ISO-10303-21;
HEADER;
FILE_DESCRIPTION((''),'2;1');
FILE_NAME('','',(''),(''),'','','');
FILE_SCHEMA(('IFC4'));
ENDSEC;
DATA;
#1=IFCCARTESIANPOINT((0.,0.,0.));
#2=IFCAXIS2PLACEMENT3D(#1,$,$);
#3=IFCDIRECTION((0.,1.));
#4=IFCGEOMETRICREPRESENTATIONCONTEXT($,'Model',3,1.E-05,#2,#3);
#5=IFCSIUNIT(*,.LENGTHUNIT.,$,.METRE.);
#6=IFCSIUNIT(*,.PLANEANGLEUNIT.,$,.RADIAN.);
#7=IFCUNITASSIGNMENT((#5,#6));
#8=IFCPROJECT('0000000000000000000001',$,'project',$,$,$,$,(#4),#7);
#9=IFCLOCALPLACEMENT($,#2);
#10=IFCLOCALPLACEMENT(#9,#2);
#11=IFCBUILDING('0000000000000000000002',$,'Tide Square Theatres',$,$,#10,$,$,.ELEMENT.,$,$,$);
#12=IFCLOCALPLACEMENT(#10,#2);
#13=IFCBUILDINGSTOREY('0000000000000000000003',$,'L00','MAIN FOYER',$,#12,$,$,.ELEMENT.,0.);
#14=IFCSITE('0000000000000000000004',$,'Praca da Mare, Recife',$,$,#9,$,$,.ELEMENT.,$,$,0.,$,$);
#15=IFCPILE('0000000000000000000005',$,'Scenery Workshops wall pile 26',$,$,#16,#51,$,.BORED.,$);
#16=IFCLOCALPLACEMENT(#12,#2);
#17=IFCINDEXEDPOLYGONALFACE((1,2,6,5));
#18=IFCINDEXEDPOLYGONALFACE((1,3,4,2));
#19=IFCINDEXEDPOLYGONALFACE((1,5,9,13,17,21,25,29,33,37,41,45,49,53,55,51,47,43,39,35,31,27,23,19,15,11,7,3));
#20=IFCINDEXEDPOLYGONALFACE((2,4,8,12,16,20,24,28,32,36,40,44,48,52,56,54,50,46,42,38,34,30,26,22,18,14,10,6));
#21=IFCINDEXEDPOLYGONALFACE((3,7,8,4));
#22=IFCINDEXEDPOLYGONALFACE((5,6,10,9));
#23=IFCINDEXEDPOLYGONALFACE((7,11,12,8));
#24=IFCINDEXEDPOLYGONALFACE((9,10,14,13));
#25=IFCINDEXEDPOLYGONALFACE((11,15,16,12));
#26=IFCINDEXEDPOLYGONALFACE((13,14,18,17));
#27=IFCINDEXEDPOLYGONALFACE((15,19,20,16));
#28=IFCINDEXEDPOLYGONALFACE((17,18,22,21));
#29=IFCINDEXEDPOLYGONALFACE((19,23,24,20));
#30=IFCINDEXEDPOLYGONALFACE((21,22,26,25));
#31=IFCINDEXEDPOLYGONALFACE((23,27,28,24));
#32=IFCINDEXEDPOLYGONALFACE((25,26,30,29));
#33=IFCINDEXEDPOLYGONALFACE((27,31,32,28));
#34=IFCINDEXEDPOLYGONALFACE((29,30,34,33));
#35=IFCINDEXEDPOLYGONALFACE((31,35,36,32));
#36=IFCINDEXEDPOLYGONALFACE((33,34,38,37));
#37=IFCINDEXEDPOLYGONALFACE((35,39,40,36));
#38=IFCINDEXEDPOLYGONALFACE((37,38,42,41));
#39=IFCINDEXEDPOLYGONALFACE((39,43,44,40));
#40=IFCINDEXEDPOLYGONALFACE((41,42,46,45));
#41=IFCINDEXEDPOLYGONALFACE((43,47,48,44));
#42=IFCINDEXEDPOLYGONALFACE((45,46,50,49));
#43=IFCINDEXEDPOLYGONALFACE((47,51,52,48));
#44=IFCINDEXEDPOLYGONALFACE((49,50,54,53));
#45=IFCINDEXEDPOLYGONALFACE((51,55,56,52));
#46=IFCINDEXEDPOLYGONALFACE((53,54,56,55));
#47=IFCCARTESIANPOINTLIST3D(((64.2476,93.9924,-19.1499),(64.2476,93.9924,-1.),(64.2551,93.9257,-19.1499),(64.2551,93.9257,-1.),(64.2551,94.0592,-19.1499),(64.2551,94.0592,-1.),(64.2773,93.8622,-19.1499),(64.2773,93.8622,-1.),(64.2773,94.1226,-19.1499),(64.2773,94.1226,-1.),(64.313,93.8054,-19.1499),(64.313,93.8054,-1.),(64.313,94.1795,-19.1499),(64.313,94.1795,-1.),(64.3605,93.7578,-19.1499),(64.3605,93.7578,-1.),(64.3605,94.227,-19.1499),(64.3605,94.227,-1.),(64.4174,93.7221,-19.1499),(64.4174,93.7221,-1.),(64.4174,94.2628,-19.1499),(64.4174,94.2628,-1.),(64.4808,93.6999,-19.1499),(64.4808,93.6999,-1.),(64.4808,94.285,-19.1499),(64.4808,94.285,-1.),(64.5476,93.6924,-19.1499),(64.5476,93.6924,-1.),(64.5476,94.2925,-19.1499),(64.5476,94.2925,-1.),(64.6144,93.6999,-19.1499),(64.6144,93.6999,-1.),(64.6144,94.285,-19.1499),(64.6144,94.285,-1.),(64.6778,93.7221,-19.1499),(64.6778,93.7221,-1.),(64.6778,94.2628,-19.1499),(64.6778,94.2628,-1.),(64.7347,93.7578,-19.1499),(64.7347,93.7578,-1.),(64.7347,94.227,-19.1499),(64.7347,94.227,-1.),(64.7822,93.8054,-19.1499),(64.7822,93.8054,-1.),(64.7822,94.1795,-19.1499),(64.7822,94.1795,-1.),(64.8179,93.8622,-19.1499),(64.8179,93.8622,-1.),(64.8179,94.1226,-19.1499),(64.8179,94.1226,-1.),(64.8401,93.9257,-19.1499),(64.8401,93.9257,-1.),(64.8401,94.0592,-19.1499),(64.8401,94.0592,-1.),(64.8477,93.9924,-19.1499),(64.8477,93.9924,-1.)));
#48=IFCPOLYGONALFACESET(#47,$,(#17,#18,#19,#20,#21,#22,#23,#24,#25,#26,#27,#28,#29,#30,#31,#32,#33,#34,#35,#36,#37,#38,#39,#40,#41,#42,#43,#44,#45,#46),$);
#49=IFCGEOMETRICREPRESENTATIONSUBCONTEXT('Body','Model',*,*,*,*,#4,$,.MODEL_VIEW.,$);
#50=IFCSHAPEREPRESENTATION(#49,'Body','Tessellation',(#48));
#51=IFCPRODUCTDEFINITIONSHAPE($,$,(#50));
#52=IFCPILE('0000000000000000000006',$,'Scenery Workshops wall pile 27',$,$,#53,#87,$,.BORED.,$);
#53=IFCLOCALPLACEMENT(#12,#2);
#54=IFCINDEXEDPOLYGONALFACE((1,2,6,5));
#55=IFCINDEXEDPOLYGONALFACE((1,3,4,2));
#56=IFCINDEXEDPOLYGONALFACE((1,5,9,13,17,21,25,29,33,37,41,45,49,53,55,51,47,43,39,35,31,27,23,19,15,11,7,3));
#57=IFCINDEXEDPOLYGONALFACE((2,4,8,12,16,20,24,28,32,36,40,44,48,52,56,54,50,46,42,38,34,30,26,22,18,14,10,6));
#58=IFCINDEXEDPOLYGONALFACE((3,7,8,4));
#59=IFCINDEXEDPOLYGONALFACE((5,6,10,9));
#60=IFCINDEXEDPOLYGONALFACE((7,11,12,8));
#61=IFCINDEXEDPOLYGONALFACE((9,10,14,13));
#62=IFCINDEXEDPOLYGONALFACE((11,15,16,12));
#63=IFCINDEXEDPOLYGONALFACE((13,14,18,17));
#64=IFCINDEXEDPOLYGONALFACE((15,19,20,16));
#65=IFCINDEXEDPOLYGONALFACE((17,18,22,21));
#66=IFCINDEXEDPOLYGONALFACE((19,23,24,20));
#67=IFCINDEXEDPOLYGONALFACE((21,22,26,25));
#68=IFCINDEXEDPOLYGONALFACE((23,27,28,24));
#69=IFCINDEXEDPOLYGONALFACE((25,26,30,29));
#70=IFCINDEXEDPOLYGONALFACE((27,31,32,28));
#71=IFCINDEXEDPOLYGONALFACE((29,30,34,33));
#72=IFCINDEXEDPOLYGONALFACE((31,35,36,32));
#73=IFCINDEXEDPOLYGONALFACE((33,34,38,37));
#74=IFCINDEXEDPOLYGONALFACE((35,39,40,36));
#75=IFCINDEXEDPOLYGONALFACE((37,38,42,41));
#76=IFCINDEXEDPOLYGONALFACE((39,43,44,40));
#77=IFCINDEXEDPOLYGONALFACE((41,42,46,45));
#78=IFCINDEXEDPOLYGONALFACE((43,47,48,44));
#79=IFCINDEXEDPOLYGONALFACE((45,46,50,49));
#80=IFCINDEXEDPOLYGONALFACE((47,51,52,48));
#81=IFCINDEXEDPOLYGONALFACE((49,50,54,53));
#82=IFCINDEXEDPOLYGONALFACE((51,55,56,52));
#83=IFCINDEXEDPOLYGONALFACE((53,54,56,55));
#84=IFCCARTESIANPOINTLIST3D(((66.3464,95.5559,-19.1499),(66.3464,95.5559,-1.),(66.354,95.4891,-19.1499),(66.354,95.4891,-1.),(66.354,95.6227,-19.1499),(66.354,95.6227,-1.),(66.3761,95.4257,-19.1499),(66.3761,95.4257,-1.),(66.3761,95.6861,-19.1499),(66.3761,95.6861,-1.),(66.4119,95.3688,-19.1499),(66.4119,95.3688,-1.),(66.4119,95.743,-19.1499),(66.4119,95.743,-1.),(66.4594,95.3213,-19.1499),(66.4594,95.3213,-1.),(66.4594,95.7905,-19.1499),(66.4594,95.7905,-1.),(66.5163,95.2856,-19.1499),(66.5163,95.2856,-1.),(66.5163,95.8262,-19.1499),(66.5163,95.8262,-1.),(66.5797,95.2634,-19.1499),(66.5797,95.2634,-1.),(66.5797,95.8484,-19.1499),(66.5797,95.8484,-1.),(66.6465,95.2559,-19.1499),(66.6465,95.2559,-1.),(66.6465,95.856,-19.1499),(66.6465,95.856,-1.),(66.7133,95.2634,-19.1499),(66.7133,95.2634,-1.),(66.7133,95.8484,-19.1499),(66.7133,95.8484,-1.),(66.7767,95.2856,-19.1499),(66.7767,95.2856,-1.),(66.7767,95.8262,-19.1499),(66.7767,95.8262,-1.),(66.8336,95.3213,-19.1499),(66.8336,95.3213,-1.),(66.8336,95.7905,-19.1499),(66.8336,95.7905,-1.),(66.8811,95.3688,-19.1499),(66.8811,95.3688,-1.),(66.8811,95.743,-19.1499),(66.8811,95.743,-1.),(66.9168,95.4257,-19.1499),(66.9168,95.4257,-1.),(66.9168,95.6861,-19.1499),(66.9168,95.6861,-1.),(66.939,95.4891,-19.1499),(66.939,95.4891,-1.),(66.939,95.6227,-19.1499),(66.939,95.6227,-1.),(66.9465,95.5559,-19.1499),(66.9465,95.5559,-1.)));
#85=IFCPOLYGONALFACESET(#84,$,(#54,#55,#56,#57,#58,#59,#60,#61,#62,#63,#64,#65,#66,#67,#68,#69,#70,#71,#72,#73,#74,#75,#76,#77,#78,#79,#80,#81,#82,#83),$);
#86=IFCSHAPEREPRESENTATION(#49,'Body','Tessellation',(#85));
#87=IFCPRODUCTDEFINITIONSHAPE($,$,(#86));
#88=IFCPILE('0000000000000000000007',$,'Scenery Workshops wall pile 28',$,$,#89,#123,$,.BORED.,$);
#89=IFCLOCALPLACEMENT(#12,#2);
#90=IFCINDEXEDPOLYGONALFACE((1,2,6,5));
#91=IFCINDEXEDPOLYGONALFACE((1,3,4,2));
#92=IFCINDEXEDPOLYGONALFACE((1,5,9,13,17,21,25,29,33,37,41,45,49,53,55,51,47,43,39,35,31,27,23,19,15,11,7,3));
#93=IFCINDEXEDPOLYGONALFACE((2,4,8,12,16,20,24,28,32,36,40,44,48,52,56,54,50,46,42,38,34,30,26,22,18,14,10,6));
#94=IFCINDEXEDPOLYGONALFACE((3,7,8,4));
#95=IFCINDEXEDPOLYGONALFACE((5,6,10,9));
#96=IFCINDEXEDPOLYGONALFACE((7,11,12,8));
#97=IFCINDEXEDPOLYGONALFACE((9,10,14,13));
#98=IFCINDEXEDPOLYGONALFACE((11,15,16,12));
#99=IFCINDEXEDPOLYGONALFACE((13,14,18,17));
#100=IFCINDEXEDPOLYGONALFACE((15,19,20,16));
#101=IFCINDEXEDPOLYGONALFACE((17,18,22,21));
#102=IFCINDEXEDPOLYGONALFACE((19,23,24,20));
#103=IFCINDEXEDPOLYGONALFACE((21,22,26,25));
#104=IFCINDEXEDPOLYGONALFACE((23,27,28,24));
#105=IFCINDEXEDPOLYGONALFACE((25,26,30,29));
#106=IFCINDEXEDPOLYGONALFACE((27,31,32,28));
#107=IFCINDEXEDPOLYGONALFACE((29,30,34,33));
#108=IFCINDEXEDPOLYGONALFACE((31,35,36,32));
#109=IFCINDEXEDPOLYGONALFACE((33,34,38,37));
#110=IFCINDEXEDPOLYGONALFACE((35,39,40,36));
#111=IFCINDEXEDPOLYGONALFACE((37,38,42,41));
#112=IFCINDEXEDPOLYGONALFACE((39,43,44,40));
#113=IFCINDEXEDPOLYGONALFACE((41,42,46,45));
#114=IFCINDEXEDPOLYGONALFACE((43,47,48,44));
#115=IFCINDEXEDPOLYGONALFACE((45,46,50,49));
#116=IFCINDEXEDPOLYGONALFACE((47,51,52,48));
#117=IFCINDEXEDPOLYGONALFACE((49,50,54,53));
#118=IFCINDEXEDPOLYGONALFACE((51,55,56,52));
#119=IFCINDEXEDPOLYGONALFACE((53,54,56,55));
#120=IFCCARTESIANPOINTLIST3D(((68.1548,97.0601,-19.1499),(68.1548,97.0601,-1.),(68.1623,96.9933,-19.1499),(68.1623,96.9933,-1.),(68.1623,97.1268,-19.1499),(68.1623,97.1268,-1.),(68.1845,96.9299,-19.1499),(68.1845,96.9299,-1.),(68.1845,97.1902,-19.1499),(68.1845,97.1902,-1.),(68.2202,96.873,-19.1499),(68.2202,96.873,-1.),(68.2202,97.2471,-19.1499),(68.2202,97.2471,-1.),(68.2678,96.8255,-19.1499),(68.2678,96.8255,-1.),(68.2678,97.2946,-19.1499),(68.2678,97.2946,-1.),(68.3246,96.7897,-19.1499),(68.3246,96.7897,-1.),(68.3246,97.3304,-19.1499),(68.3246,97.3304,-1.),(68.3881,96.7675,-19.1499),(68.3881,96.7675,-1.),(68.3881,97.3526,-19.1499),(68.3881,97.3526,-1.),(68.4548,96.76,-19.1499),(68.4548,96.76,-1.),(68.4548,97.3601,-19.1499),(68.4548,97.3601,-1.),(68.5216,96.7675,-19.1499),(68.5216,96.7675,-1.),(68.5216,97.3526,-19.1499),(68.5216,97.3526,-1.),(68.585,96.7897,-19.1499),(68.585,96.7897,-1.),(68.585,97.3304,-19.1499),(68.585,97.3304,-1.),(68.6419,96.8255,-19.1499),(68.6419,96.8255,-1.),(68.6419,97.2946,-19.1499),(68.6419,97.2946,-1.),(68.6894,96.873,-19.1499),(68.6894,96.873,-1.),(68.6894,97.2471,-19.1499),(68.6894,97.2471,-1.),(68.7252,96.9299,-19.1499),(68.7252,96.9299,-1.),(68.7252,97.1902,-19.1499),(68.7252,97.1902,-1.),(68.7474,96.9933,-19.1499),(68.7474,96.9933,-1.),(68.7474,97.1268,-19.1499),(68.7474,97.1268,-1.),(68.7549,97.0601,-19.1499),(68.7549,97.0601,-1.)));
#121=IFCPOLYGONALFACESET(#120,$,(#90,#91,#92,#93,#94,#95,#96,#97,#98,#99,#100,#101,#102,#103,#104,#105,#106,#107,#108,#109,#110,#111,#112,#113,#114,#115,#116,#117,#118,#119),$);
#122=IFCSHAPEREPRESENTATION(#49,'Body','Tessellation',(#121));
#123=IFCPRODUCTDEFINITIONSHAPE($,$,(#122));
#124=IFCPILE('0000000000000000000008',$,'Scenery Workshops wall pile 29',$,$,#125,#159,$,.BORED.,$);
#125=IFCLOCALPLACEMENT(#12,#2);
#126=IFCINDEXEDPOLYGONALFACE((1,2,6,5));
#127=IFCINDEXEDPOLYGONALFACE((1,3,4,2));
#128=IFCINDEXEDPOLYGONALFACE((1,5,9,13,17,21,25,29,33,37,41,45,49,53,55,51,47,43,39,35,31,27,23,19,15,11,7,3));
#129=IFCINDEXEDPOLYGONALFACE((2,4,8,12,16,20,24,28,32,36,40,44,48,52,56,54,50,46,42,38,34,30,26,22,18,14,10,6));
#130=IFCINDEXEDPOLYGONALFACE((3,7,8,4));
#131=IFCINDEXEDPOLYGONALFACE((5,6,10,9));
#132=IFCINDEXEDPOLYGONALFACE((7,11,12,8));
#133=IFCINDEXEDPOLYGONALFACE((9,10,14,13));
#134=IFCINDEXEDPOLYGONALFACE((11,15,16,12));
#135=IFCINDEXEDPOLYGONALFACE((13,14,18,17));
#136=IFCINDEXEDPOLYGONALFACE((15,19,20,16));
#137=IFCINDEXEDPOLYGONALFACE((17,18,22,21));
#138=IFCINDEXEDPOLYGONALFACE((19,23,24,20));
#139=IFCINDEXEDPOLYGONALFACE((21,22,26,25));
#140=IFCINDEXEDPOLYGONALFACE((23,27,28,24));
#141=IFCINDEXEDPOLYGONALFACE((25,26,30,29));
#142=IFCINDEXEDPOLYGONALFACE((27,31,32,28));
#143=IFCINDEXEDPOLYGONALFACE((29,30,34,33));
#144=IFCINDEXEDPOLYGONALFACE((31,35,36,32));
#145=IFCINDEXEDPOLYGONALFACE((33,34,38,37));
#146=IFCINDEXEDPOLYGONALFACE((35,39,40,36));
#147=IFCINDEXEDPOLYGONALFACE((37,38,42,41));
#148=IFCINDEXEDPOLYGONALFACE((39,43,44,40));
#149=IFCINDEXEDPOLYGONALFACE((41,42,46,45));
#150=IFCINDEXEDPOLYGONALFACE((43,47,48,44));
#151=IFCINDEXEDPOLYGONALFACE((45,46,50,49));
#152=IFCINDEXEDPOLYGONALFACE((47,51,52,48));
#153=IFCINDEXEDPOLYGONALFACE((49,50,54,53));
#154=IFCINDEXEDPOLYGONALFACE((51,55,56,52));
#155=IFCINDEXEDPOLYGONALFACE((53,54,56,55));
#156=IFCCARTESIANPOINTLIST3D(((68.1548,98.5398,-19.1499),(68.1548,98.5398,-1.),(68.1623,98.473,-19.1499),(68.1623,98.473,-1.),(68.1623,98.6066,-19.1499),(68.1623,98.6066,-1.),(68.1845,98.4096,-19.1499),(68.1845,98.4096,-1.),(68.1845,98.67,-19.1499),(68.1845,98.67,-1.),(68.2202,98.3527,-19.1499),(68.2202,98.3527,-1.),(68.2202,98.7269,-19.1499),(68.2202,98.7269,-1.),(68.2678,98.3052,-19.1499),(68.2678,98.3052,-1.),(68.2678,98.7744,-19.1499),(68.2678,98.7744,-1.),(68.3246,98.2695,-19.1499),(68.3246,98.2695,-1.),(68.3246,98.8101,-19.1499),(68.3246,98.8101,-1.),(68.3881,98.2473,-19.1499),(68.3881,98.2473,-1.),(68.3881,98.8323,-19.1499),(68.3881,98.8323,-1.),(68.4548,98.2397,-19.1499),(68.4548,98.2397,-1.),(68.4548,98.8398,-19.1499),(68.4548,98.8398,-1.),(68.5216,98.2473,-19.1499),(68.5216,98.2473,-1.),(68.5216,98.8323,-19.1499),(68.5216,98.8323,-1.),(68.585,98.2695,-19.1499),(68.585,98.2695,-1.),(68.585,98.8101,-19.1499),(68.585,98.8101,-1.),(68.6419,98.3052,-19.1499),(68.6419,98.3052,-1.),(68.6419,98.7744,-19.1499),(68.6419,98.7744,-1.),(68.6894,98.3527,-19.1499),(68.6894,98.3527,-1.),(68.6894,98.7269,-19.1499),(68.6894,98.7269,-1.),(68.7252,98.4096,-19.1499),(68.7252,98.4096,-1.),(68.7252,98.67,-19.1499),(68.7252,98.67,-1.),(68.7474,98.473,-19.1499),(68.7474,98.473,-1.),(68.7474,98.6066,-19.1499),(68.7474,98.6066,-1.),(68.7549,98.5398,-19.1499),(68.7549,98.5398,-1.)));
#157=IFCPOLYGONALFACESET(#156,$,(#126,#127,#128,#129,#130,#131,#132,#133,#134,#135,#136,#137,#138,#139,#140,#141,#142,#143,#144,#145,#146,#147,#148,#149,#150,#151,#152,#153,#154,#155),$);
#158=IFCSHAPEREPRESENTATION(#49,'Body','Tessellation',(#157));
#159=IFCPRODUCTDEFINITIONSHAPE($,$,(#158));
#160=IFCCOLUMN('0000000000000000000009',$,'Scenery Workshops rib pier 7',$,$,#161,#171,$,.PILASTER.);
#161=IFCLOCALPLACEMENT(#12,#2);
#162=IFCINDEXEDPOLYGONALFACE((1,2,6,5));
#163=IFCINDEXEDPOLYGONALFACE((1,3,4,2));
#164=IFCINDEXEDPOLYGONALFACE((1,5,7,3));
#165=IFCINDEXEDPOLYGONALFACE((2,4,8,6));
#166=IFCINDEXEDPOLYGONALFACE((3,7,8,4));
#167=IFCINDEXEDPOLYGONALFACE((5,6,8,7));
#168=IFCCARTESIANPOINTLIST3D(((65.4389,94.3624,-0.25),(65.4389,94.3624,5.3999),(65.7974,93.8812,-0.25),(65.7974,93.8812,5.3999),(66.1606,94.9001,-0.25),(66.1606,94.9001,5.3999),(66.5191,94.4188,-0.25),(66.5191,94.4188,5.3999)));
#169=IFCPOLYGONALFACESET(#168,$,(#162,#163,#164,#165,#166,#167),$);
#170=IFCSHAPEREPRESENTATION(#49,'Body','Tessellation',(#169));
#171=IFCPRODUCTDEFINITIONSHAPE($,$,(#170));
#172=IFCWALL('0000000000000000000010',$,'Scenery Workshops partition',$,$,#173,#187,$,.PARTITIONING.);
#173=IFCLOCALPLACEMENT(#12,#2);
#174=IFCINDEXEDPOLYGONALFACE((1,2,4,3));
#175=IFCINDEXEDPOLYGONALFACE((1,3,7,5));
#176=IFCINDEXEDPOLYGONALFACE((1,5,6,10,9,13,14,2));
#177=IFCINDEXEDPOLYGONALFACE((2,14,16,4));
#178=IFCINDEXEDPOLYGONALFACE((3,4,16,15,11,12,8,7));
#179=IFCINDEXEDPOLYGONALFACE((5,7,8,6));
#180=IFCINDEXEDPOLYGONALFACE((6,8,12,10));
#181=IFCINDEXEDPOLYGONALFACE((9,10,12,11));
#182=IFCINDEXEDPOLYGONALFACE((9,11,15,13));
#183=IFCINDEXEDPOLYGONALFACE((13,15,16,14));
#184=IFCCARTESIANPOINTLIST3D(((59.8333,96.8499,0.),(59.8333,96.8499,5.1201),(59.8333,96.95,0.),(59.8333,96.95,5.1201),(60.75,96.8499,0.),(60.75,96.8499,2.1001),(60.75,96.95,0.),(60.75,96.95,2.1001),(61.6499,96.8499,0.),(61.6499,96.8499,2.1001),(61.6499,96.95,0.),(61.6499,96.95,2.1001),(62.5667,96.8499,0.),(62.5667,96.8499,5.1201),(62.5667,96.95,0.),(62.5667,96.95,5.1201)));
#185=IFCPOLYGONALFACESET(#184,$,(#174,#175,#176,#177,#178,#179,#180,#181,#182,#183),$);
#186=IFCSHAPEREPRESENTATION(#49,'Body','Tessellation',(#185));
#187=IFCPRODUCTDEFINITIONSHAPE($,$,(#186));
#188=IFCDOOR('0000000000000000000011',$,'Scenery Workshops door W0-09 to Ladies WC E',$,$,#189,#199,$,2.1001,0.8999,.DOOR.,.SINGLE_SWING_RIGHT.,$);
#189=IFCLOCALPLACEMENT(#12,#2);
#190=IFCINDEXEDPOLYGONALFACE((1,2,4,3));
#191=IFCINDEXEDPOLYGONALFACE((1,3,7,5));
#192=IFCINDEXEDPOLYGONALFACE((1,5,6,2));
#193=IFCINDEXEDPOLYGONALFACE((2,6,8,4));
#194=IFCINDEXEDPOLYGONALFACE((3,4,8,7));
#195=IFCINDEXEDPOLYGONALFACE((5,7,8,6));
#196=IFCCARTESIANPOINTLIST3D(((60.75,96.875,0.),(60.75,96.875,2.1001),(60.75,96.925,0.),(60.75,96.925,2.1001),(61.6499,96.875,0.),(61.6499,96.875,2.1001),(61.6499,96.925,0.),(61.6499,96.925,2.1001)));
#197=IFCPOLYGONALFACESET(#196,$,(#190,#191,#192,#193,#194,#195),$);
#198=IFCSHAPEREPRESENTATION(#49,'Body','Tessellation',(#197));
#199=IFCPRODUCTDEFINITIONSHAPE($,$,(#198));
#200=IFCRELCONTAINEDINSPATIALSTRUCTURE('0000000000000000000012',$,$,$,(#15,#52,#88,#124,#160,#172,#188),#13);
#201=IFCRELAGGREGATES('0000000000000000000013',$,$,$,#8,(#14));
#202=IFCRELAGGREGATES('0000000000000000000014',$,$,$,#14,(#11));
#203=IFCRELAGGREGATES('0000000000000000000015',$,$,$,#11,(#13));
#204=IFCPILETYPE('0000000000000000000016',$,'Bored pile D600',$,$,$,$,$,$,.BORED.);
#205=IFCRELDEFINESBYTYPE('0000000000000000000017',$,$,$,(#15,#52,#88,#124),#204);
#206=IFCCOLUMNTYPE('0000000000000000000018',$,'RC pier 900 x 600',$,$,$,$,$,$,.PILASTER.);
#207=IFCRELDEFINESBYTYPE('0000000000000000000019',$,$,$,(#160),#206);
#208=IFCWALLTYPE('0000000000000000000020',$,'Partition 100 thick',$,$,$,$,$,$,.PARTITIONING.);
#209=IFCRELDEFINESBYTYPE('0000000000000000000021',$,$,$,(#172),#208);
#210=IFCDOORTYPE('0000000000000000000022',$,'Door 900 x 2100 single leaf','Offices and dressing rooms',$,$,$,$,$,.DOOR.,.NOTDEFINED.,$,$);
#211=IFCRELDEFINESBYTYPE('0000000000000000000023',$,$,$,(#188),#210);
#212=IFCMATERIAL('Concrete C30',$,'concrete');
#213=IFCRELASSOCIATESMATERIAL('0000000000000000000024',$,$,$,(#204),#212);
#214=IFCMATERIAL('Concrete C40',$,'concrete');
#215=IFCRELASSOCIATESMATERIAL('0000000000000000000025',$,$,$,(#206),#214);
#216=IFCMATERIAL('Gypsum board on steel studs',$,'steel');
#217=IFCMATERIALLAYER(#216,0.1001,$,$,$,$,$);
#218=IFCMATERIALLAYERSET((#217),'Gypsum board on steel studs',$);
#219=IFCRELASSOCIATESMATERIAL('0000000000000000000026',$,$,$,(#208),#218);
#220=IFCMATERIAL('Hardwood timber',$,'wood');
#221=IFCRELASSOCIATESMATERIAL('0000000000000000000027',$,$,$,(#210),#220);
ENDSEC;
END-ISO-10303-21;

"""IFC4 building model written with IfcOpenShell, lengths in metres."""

from ifc_helpers import new_model, si_unit, direction, frame, frame_2d, origin, origin_2d, place, context, subcontext, project, spatial, rectangle, circle, extrude, material, layer, layer_set, material_profile, profile_set, type_object, element, fill, save


model = new_model("IFC4")

# Units and contexts
model_context = context("Model", 3, precision=1e-05, world=origin(), true_north=direction((0.0, 1.0)))
body_context = subcontext(model_context, "Body", "Model", "MODEL_VIEW")
ifc_project = project(units=[si_unit("LENGTHUNIT", "METRE"), si_unit("PLANEANGLEUNIT", "RADIAN")], contexts=[model_context])

# Site, building, storey
site_placement = place(None, origin())
site = spatial("IfcSite", under=ifc_project, at=site_placement, Name="Praca da Mare, Recife", CompositionType="ELEMENT", RefElevation=0.0)
building_placement = place(site_placement, origin())
building = spatial("IfcBuilding", under=site, at=building_placement, Name="Tide Square Theatres", CompositionType="ELEMENT")
storey_placement = place(building_placement, origin())
storey = spatial("IfcBuildingStorey", under=building, at=storey_placement, Name="L00", Description="MAIN FOYER", CompositionType="ELEMENT", Elevation=0.0)

# Piles
ifc_material_1 = material(Name="Concrete C30", Category="concrete")
ifc_material_profile_1 = material_profile(ifc_material_1, circle(Radius=0.3, at=origin_2d()))
ifc_profile_set_1 = profile_set([ifc_material_profile_1], Name="Concrete C30")
pile_type = type_object("IfcPileType", Name="Bored pile D600", PredefinedType="BORED", material=ifc_profile_set_1)
for number, where, z_axis, x_axis, name in (
    (1, (64.5476, 93.9924, -1.0), (0.0, 0.0, -1.0), (1.0, 0.0, 0.0), "Scenery Workshops wall pile 26"),
    (2, (66.6465, 95.5559, -1.0), (0.0, 0.0, -1.0), (1.0, 0.0, 0.0), "Scenery Workshops wall pile 27"),
    (3, (68.4548, 97.0601, -1.0), (0.0, 0.0, -1.0), (1.0, 0.0, 0.0), "Scenery Workshops wall pile 28"),
    (4, (68.4548, 98.5398, -1.0), (0.0, 0.0, -1.0), (1.0, 0.0, 0.0), "Scenery Workshops wall pile 29"),
):
    element("IfcPile", number, at=place(storey_placement, frame(where, z_axis=z_axis, x_axis=x_axis)), inside=storey, type_object=pile_type, Name=name, PredefinedType="BORED", context=body_context, shape_type="SweptSolid", body=[
        extrude(circle(Radius=0.3, at=origin_2d()), origin(), (0.0, 0.0, 1.0), 18.1499),
    ])

# Column
ifc_material_2 = material(Name="Concrete C40", Category="concrete")
ifc_material_profile_2 = material_profile(ifc_material_2, rectangle(XDim=0.8999, YDim=0.6001, at=origin_2d()))
ifc_profile_set_2 = profile_set([ifc_material_profile_2], Name="Concrete C40")
column_type = type_object("IfcColumnType", Name="RC pier 900 x 600", PredefinedType="PILASTER", material=ifc_profile_set_2)
column_placement = place(storey_placement, frame((65.979, 94.3906, -0.25), z_axis=(0.0, 0.0, 1.0), x_axis=(0.801928, 0.597421, 0.0)))
element("IfcColumn", 5, at=column_placement, inside=storey, type_object=column_type, Name="Scenery Workshops rib pier 7", PredefinedType="PILASTER", context=body_context, shape_type="SweptSolid", body=[
    extrude(rectangle(XDim=0.8999, YDim=0.6001, at=origin_2d()), origin(), (0.0, 0.0, 1.0), 5.6499),
])

# Wall, opening, door
ifc_material_3 = material(Name="Gypsum board on steel studs", Category="steel")
ifc_layer_1 = layer(ifc_material_3, 0.1001)
ifc_layer_set_1 = layer_set([ifc_layer_1], Name="Gypsum board on steel studs")
wall_type_1 = type_object("IfcWallType", Name="Partition 100 thick", PredefinedType="PARTITIONING", material=ifc_layer_set_1)
wall_1_placement = place(storey_placement, frame((62.5667, 96.8999, 0.0), z_axis=(0.0, 0.0, 1.0), x_axis=(-1.0, 0.0, 0.0)))
wall_1 = element("IfcWall", 6, at=wall_1_placement, inside=storey, type_object=wall_type_1, Name="Scenery Workshops partition", PredefinedType="PARTITIONING", context=body_context, shape_type="SweptSolid", body=[
    extrude(rectangle(XDim=2.7334, YDim=0.1001, at=frame_2d((1.3667, 0.0))), origin(), (0.0, 0.0, 1.0), 5.1201),
])
opening_1_placement = place(wall_1_placement, frame((0.9167, 0.0, 0.0)))
opening_1 = element("IfcOpeningElement", 7, at=opening_1_placement, cuts=wall_1, PredefinedType="OPENING", context=body_context, shape_type="SweptSolid", body=[
    extrude(rectangle(XDim=0.8999, YDim=2.1001, at=frame_2d((0.45, 1.05))), frame((0.0, 0.0601, 0.0), z_axis=(0.0, -1.0, 0.0), x_axis=(1.0, 0.0, 0.0)), (0.0, 0.0, 1.0), 0.1201),
])
ifc_material_4 = material(Name="Hardwood timber", Category="wood")
door_type_1 = type_object("IfcDoorType", Name="Door 900 x 2100 single leaf", Description="Offices and dressing rooms", OperationType="NOTDEFINED", PredefinedType="DOOR", material=ifc_material_4)
door_1_placement = place(opening_1_placement, origin())
door_1 = element("IfcDoor", 8, at=door_1_placement, inside=storey, type_object=door_type_1, Name="Scenery Workshops door W0-09 to Ladies WC E", OperationType="SINGLE_SWING_RIGHT", OverallHeight=2.1001, OverallWidth=0.8999, PredefinedType="DOOR", context=body_context, shape_type="SweptSolid", body=[
    extrude(rectangle(XDim=0.8999, YDim=2.1001, at=frame_2d((0.45, 1.05))), frame((0.0, 0.0249, 0.0), z_axis=(0.0, -1.0, 0.0), x_axis=(1.0, 0.0, 0.0)), (0.0, 0.0, 1.0), 0.05),
])
fill(opening_1, door_1)

save(model, "model.ifc")
